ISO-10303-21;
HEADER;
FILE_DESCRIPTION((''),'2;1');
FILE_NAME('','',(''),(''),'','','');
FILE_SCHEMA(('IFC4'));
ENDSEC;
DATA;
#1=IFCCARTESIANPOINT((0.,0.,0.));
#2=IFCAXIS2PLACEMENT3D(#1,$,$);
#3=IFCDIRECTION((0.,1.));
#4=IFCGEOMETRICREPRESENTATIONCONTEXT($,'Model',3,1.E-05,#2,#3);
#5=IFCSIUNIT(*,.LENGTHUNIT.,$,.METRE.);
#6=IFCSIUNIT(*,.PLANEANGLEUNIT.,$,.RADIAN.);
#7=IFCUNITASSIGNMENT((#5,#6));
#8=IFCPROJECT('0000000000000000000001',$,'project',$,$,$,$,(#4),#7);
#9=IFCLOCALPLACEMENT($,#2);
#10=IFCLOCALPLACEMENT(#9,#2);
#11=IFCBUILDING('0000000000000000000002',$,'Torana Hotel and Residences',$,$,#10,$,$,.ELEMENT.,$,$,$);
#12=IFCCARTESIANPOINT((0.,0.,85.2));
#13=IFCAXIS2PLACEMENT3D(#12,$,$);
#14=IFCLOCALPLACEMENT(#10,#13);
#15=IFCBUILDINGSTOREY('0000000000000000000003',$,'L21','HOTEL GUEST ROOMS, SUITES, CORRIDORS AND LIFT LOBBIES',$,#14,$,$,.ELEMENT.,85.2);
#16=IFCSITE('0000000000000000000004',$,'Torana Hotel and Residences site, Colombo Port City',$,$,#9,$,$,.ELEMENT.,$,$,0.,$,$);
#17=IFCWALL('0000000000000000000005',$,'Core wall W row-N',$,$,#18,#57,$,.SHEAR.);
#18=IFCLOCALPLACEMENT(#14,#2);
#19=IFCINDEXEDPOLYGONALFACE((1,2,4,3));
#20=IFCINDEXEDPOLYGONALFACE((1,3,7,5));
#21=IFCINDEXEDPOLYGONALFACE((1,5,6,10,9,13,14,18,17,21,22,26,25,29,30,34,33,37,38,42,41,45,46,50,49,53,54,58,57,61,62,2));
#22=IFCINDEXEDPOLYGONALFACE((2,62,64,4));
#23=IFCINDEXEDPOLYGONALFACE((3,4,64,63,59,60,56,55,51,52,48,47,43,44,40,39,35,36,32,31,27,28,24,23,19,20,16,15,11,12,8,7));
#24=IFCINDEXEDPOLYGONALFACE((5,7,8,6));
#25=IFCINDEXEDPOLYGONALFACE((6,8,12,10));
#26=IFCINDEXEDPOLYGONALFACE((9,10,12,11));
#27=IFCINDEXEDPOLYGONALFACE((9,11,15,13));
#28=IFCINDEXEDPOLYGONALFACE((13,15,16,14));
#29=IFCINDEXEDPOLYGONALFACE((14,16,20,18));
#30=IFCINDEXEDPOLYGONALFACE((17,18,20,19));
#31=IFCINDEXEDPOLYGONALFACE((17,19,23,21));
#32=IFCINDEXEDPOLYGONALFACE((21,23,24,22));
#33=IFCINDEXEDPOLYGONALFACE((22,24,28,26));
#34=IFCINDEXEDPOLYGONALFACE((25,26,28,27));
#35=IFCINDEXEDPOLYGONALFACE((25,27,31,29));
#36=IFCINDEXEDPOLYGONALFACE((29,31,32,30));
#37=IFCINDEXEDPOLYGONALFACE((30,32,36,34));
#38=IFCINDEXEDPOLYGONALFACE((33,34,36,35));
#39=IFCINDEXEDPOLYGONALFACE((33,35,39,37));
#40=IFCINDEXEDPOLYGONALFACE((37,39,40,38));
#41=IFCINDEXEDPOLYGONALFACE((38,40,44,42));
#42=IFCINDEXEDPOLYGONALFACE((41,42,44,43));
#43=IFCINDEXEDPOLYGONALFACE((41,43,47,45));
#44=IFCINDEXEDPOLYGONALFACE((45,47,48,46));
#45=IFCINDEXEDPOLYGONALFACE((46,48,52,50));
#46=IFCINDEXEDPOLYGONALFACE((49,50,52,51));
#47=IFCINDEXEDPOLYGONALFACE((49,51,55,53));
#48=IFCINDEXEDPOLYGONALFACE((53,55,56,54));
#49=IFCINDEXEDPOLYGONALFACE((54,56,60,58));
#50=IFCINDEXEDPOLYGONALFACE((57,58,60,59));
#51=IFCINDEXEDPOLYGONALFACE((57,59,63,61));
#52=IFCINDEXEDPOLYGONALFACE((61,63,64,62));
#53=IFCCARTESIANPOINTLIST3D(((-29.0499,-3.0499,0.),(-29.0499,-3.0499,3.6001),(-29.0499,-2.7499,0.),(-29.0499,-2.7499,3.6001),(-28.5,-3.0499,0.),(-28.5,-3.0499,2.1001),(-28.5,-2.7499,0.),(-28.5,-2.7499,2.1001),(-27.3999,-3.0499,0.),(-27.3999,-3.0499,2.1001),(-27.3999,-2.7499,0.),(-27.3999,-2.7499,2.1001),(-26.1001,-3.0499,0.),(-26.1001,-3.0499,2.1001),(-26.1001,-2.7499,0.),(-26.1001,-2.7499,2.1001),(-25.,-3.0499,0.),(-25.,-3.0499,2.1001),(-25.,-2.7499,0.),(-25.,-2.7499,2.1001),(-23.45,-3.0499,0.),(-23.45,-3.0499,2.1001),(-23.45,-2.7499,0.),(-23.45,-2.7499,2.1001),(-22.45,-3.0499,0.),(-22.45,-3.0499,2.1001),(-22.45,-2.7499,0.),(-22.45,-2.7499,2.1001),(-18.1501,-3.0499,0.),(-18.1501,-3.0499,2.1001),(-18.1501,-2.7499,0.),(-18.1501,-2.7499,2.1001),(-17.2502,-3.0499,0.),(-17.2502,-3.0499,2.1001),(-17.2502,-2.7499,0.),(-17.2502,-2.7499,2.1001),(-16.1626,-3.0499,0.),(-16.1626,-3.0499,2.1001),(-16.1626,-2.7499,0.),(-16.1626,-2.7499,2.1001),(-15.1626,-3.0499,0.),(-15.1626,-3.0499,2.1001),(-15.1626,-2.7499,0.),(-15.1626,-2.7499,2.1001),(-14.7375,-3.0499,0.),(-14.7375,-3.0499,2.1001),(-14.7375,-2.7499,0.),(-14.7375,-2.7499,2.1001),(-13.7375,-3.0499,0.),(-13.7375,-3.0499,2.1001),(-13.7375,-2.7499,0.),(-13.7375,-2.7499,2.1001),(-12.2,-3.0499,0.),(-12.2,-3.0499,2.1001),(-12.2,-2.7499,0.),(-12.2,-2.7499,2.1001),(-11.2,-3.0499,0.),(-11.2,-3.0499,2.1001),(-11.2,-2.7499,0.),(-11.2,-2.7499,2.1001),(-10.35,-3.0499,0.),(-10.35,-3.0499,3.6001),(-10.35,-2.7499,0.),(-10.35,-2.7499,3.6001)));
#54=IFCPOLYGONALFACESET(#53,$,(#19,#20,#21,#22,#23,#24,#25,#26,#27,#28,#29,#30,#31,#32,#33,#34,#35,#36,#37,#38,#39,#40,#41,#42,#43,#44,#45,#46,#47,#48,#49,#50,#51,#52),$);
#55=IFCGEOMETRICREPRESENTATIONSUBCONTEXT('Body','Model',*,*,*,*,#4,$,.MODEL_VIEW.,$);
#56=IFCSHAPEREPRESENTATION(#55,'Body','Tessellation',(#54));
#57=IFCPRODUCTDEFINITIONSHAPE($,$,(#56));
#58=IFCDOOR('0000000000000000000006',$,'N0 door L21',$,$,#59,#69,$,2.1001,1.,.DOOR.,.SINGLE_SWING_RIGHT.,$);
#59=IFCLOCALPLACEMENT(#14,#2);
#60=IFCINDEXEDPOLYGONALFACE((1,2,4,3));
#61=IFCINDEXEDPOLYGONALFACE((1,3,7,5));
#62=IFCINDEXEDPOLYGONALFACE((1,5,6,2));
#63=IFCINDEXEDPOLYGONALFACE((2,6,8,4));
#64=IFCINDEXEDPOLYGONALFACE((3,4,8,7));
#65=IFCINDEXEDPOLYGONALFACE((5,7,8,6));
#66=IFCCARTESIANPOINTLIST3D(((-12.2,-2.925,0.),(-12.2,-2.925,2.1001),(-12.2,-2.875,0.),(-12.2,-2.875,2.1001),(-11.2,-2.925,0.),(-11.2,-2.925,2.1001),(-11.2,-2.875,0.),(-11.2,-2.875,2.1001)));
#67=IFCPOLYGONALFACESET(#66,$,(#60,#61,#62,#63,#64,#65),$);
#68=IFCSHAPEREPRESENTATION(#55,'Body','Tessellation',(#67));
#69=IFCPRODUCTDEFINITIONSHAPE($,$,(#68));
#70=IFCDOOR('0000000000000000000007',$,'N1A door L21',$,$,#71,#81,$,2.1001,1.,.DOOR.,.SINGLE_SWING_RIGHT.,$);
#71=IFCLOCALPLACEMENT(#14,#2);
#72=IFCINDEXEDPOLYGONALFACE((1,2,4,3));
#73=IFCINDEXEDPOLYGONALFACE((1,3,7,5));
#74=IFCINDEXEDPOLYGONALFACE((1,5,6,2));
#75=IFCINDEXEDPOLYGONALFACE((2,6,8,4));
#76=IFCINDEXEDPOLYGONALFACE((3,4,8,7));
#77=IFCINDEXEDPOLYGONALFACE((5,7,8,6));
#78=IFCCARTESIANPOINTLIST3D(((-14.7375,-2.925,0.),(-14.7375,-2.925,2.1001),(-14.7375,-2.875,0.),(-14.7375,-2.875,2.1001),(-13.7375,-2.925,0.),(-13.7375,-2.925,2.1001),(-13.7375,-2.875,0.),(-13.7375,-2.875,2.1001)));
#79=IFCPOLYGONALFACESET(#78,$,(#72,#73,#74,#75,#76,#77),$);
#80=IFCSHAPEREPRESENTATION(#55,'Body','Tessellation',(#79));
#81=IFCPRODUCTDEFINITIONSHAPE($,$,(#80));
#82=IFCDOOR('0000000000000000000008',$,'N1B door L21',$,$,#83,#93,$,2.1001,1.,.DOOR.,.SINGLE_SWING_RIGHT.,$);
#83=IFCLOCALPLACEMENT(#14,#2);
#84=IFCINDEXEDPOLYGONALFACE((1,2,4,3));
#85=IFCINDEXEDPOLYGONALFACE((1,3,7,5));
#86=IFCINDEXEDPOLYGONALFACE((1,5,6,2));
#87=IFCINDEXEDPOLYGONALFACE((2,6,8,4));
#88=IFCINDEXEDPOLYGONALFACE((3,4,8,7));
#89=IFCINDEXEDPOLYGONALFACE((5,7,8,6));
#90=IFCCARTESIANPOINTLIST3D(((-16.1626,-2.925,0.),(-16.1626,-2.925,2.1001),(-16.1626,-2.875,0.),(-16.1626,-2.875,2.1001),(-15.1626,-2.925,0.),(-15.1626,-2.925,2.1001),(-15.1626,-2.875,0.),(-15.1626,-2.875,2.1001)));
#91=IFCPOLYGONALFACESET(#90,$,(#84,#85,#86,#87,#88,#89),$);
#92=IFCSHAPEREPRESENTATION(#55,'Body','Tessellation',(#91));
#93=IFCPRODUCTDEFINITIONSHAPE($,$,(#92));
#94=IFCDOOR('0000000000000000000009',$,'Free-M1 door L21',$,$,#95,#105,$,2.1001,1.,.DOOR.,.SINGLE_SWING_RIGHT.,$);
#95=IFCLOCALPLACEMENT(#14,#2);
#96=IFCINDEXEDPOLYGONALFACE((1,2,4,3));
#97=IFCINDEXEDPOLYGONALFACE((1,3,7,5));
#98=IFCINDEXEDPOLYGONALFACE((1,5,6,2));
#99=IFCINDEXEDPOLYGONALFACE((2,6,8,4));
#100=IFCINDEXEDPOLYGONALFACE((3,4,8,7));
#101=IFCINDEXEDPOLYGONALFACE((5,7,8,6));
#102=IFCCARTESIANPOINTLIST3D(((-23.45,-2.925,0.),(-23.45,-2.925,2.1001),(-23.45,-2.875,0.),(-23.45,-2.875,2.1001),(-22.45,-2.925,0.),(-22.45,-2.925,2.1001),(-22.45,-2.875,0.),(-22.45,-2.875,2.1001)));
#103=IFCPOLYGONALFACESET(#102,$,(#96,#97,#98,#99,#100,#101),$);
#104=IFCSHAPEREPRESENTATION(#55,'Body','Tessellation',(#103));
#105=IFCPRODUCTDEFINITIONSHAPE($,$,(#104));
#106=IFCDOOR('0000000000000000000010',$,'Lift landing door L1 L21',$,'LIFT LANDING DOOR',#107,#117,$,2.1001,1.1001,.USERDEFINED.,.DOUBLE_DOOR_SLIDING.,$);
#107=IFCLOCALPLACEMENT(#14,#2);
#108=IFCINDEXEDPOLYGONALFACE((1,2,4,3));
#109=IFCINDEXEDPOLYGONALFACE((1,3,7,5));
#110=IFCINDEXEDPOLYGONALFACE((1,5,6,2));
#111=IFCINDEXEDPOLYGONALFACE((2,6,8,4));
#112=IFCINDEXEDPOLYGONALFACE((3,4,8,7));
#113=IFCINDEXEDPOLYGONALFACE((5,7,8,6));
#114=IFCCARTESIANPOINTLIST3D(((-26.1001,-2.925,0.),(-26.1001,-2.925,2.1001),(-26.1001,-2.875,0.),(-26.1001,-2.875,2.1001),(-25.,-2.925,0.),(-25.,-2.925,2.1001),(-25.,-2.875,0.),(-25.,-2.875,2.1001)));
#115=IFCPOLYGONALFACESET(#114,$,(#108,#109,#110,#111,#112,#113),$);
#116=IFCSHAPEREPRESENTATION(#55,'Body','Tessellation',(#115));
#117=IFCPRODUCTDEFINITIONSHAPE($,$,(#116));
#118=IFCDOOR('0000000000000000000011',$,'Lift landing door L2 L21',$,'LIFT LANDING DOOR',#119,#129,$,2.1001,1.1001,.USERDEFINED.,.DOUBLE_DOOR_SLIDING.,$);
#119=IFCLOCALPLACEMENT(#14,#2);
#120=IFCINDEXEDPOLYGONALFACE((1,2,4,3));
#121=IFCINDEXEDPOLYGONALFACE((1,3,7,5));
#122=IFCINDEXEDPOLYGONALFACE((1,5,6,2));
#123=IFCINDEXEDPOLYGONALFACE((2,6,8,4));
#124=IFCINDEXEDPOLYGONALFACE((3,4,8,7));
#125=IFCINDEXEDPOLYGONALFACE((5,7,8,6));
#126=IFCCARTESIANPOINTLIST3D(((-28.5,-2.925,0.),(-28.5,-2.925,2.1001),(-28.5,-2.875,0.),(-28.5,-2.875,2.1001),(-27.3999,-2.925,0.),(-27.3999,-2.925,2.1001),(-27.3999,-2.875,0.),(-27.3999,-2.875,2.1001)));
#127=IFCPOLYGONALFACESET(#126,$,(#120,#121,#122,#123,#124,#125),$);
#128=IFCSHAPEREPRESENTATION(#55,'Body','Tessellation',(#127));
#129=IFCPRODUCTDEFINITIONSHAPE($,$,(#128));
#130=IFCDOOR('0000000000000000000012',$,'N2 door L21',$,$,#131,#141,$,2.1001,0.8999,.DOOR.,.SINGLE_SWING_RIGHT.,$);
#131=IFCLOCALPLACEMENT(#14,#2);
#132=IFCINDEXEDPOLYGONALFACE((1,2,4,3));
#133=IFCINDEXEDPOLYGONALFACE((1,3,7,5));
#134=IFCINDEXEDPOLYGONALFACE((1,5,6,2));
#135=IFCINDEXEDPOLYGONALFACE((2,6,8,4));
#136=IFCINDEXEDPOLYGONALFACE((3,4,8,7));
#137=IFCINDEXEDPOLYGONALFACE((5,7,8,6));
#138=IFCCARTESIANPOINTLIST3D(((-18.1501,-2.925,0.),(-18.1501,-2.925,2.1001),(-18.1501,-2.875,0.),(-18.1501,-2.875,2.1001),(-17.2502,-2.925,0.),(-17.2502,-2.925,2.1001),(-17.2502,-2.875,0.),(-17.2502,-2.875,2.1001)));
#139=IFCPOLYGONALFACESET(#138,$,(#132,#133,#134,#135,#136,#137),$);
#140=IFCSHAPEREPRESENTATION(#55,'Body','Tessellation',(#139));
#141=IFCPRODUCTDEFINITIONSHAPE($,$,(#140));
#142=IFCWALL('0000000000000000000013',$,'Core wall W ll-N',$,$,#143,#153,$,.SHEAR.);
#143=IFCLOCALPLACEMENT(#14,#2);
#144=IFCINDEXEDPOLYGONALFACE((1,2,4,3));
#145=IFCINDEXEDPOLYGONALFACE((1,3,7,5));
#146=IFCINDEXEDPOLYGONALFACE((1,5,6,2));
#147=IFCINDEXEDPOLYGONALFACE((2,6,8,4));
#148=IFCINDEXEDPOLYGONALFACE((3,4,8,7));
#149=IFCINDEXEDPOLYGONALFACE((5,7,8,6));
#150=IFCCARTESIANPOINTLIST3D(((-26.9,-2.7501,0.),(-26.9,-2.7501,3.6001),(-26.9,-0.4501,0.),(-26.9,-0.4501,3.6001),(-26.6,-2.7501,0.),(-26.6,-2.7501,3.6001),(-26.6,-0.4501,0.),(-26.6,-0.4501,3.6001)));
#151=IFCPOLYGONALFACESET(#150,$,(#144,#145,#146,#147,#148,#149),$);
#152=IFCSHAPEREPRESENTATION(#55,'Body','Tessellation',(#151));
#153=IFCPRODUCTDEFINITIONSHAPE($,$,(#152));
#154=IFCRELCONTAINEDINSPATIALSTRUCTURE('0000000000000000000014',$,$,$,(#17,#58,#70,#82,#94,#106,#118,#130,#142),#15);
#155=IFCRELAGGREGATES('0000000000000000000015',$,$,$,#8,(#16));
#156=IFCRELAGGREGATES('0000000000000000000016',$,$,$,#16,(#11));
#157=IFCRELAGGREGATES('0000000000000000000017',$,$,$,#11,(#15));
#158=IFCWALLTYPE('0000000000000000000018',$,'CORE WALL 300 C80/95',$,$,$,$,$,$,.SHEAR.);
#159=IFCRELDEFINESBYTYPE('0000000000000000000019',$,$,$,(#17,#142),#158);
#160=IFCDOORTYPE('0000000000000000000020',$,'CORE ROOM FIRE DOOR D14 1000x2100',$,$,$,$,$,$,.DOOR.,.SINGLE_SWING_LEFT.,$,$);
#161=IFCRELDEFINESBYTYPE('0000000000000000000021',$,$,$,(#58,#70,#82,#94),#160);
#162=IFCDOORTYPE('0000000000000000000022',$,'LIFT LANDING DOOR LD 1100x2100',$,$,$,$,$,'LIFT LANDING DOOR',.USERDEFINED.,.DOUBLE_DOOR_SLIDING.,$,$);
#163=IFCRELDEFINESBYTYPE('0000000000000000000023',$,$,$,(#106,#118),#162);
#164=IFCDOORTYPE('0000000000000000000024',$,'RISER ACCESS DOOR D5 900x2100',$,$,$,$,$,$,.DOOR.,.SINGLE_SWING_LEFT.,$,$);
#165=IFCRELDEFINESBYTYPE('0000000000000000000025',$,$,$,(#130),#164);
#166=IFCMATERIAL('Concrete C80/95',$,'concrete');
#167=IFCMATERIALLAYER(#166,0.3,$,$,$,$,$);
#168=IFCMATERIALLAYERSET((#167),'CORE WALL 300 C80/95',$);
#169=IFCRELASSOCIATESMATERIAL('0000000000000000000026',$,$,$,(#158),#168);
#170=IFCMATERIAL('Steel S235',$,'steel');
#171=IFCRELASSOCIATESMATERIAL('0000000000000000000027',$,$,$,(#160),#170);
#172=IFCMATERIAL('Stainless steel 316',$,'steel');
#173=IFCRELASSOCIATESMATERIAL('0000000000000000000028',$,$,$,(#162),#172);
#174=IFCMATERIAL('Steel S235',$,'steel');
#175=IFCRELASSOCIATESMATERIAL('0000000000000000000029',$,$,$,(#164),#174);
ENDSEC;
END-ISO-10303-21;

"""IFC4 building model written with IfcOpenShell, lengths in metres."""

from ifc_helpers import new_model, si_unit, direction, frame, frame_2d, origin, place, context, subcontext, project, spatial, rectangle, extrude, material, layer, layer_set, type_object, element, fill, save


model = new_model("IFC4")

# Units and contexts
model_context = context("Model", 3, precision=1e-05, world=origin(), true_north=direction((0.0, 1.0)))
body_context = subcontext(model_context, "Body", "Model", "MODEL_VIEW")
ifc_project = project(units=[si_unit("LENGTHUNIT", "METRE"), si_unit("PLANEANGLEUNIT", "RADIAN")], contexts=[model_context])

# Site, building, storey
site_placement = place(None, origin())
site = spatial("IfcSite", under=ifc_project, at=site_placement, Name="Torana Hotel and Residences site, Colombo Port City", CompositionType="ELEMENT", RefElevation=0.0)
building_placement = place(site_placement, origin())
building = spatial("IfcBuilding", under=site, at=building_placement, Name="Torana Hotel and Residences", CompositionType="ELEMENT")
storey_placement = place(building_placement, frame((0.0, 0.0, 85.2)))
storey = spatial("IfcBuildingStorey", under=building, at=storey_placement, Name="L21", Description="HOTEL GUEST ROOMS, SUITES, CORRIDORS AND LIFT LOBBIES", CompositionType="ELEMENT", Elevation=85.2)

# Wall, openings, doors
ifc_material_1 = material(Name="Concrete C80/95", Category="concrete")
ifc_layer_1 = layer(ifc_material_1, 0.3)
ifc_layer_set_1 = layer_set([ifc_layer_1], Name="CORE WALL 300 C80/95")
wall_type_1 = type_object("IfcWallType", Name="CORE WALL 300 C80/95", PredefinedType="SHEAR", material=ifc_layer_set_1)
wall_1_placement = place(storey_placement, frame((-29.05, -2.8999, 0.0), z_axis=(0.0, 0.0, 1.0), x_axis=(1.0, 0.0, 0.0)))
wall_1 = element("IfcWall", 1, at=wall_1_placement, inside=storey, type_object=wall_type_1, Name="Core wall W row-N", PredefinedType="SHEAR", context=body_context, shape_type="SweptSolid", body=[
    extrude(rectangle(XDim=18.7, YDim=0.3, at=frame_2d((9.3501, 0.0))), origin(), (0.0, 0.0, 1.0), 3.6001),
])
opening_1_placement = place(wall_1_placement, frame((2.95, 0.0, 0.0)))
opening_1 = element("IfcOpeningElement", 2, at=opening_1_placement, cuts=wall_1, PredefinedType="OPENING", context=body_context, shape_type="SweptSolid", body=[
    extrude(rectangle(XDim=1.1001, YDim=2.1001, at=frame_2d((0.55, 1.05))), frame((0.0, 0.1599, 0.0), z_axis=(0.0, -1.0, 0.0), x_axis=(1.0, 0.0, 0.0)), (0.0, 0.0, 1.0), 0.3201),
])
opening_2_placement = place(wall_1_placement, frame((0.55, 0.0, 0.0)))
opening_2 = element("IfcOpeningElement", 3, at=opening_2_placement, cuts=wall_1, PredefinedType="OPENING", context=body_context, shape_type="SweptSolid", body=[
    extrude(rectangle(XDim=1.1001, YDim=2.1001, at=frame_2d((0.55, 1.05))), frame((0.0, 0.1599, 0.0), z_axis=(0.0, -1.0, 0.0), x_axis=(1.0, 0.0, 0.0)), (0.0, 0.0, 1.0), 0.3201),
])
opening_3_placement = place(wall_1_placement, frame((10.8999, 0.0, 0.0)))
opening_3 = element("IfcOpeningElement", 4, at=opening_3_placement, cuts=wall_1, PredefinedType="OPENING", context=body_context, shape_type="SweptSolid", body=[
    extrude(rectangle(XDim=0.8999, YDim=2.1001, at=frame_2d((0.45, 1.05))), frame((0.0, 0.1599, 0.0), z_axis=(0.0, -1.0, 0.0), x_axis=(1.0, 0.0, 0.0)), (0.0, 0.0, 1.0), 0.3201),
])
opening_4_placement = place(wall_1_placement, frame((16.8501, 0.0, 0.0)))
opening_4 = element("IfcOpeningElement", 5, at=opening_4_placement, cuts=wall_1, PredefinedType="OPENING", context=body_context, shape_type="SweptSolid", body=[
    extrude(rectangle(XDim=1.0, YDim=2.1001, at=frame_2d((0.5, 1.05))), frame((0.0, 0.1599, 0.0), z_axis=(0.0, -1.0, 0.0), x_axis=(1.0, 0.0, 0.0)), (0.0, 0.0, 1.0), 0.3201),
])
opening_5_placement = place(wall_1_placement, frame((14.3125, 0.0, 0.0)))
opening_5 = element("IfcOpeningElement", 6, at=opening_5_placement, cuts=wall_1, PredefinedType="OPENING", context=body_context, shape_type="SweptSolid", body=[
    extrude(rectangle(XDim=1.0, YDim=2.1001, at=frame_2d((0.5, 1.05))), frame((0.0, 0.1599, 0.0), z_axis=(0.0, -1.0, 0.0), x_axis=(1.0, 0.0, 0.0)), (0.0, 0.0, 1.0), 0.3201),
])
opening_6_placement = place(wall_1_placement, frame((12.8875, 0.0, 0.0)))
opening_6 = element("IfcOpeningElement", 7, at=opening_6_placement, cuts=wall_1, PredefinedType="OPENING", context=body_context, shape_type="SweptSolid", body=[
    extrude(rectangle(XDim=1.0, YDim=2.1001, at=frame_2d((0.5, 1.05))), frame((0.0, 0.1599, 0.0), z_axis=(0.0, -1.0, 0.0), x_axis=(1.0, 0.0, 0.0)), (0.0, 0.0, 1.0), 0.3201),
])
opening_7_placement = place(wall_1_placement, frame((5.6001, 0.0, 0.0)))
opening_7 = element("IfcOpeningElement", 8, at=opening_7_placement, cuts=wall_1, PredefinedType="OPENING", context=body_context, shape_type="SweptSolid", body=[
    extrude(rectangle(XDim=1.0, YDim=2.1001, at=frame_2d((0.5, 1.05))), frame((0.0, 0.1599, 0.0), z_axis=(0.0, -1.0, 0.0), x_axis=(1.0, 0.0, 0.0)), (0.0, 0.0, 1.0), 0.3201),
])
ifc_material_2 = material(Name="Steel S235", Category="steel")
door_type_1 = type_object("IfcDoorType", Name="CORE ROOM FIRE DOOR D14 1000x2100", OperationType="SINGLE_SWING_LEFT", PredefinedType="DOOR", material=ifc_material_2)
door_1_placement = place(opening_4_placement, origin())
door_1 = element("IfcDoor", 9, at=door_1_placement, inside=storey, type_object=door_type_1, Name="N0 door L21", OperationType="SINGLE_SWING_RIGHT", OverallHeight=2.1001, OverallWidth=1.0, PredefinedType="DOOR", context=body_context, shape_type="SweptSolid", body=[
    extrude(rectangle(XDim=1.0, YDim=2.1001, at=frame_2d((0.5, 1.05))), frame((0.0, 0.0249, 0.0), z_axis=(0.0, -1.0, 0.0), x_axis=(1.0, 0.0, 0.0)), (0.0, 0.0, 1.0), 0.05),
])
fill(opening_4, door_1)
door_2_placement = place(opening_5_placement, origin())
door_2 = element("IfcDoor", 10, at=door_2_placement, inside=storey, type_object=door_type_1, Name="N1A door L21", OperationType="SINGLE_SWING_RIGHT", OverallHeight=2.1001, OverallWidth=1.0, PredefinedType="DOOR", context=body_context, shape_type="SweptSolid", body=[
    extrude(rectangle(XDim=1.0, YDim=2.1001, at=frame_2d((0.5, 1.05))), frame((0.0, 0.0249, 0.0), z_axis=(0.0, -1.0, 0.0), x_axis=(1.0, 0.0, 0.0)), (0.0, 0.0, 1.0), 0.05),
])
fill(opening_5, door_2)
door_3_placement = place(opening_6_placement, origin())
door_3 = element("IfcDoor", 11, at=door_3_placement, inside=storey, type_object=door_type_1, Name="N1B door L21", OperationType="SINGLE_SWING_RIGHT", OverallHeight=2.1001, OverallWidth=1.0, PredefinedType="DOOR", context=body_context, shape_type="SweptSolid", body=[
    extrude(rectangle(XDim=1.0, YDim=2.1001, at=frame_2d((0.5, 1.05))), frame((0.0, 0.0249, 0.0), z_axis=(0.0, -1.0, 0.0), x_axis=(1.0, 0.0, 0.0)), (0.0, 0.0, 1.0), 0.05),
])
fill(opening_6, door_3)
door_4_placement = place(opening_7_placement, origin())
door_4 = element("IfcDoor", 12, at=door_4_placement, inside=storey, type_object=door_type_1, Name="Free-M1 door L21", OperationType="SINGLE_SWING_RIGHT", OverallHeight=2.1001, OverallWidth=1.0, PredefinedType="DOOR", context=body_context, shape_type="SweptSolid", body=[
    extrude(rectangle(XDim=1.0, YDim=2.1001, at=frame_2d((0.5, 1.05))), frame((0.0, 0.0249, 0.0), z_axis=(0.0, -1.0, 0.0), x_axis=(1.0, 0.0, 0.0)), (0.0, 0.0, 1.0), 0.05),
])
fill(opening_7, door_4)
ifc_material_3 = material(Name="Stainless steel 316", Category="steel")
door_type_2 = type_object("IfcDoorType", Name="LIFT LANDING DOOR LD 1100x2100", ElementType="LIFT LANDING DOOR", OperationType="DOUBLE_DOOR_SLIDING", PredefinedType="USERDEFINED", material=ifc_material_3)
door_5_placement = place(opening_1_placement, origin())
door_5 = element("IfcDoor", 13, at=door_5_placement, inside=storey, type_object=door_type_2, Name="Lift landing door L1 L21", ObjectType="LIFT LANDING DOOR", OperationType="DOUBLE_DOOR_SLIDING", OverallHeight=2.1001, OverallWidth=1.1001, PredefinedType="USERDEFINED", context=body_context, shape_type="SweptSolid", body=[
    extrude(rectangle(XDim=1.1001, YDim=2.1001, at=frame_2d((0.55, 1.05))), frame((0.0, 0.0249, 0.0), z_axis=(0.0, -1.0, 0.0), x_axis=(1.0, 0.0, 0.0)), (0.0, 0.0, 1.0), 0.05),
])
fill(opening_1, door_5)
door_6_placement = place(opening_2_placement, origin())
door_6 = element("IfcDoor", 14, at=door_6_placement, inside=storey, type_object=door_type_2, Name="Lift landing door L2 L21", ObjectType="LIFT LANDING DOOR", OperationType="DOUBLE_DOOR_SLIDING", OverallHeight=2.1001, OverallWidth=1.1001, PredefinedType="USERDEFINED", context=body_context, shape_type="SweptSolid", body=[
    extrude(rectangle(XDim=1.1001, YDim=2.1001, at=frame_2d((0.55, 1.05))), frame((0.0, 0.0249, 0.0), z_axis=(0.0, -1.0, 0.0), x_axis=(1.0, 0.0, 0.0)), (0.0, 0.0, 1.0), 0.05),
])
fill(opening_2, door_6)
ifc_material_4 = material(Name="Steel S235", Category="steel")
door_type_3 = type_object("IfcDoorType", Name="RISER ACCESS DOOR D5 900x2100", OperationType="SINGLE_SWING_LEFT", PredefinedType="DOOR", material=ifc_material_4)
door_7_placement = place(opening_3_placement, origin())
door_7 = element("IfcDoor", 15, at=door_7_placement, inside=storey, type_object=door_type_3, Name="N2 door L21", OperationType="SINGLE_SWING_RIGHT", OverallHeight=2.1001, OverallWidth=0.8999, PredefinedType="DOOR", context=body_context, shape_type="SweptSolid", body=[
    extrude(rectangle(XDim=0.8999, YDim=2.1001, at=frame_2d((0.45, 1.05))), frame((0.0, 0.0249, 0.0), z_axis=(0.0, -1.0, 0.0), x_axis=(1.0, 0.0, 0.0)), (0.0, 0.0, 1.0), 0.05),
])
fill(opening_3, door_7)

# Wall
wall_2_placement = place(storey_placement, frame((-26.75, -2.75, 0.0), z_axis=(0.0, 0.0, 1.0), x_axis=(0.0, 1.0, 0.0)))
element("IfcWall", 16, at=wall_2_placement, inside=storey, type_object=wall_type_1, Name="Core wall W ll-N", PredefinedType="SHEAR", context=body_context, shape_type="SweptSolid", body=[
    extrude(rectangle(XDim=2.3, YDim=0.3, at=frame_2d((1.1499, 0.0))), origin(), (0.0, 0.0, 1.0), 3.6001),
])

save(model, "model.ifc")
